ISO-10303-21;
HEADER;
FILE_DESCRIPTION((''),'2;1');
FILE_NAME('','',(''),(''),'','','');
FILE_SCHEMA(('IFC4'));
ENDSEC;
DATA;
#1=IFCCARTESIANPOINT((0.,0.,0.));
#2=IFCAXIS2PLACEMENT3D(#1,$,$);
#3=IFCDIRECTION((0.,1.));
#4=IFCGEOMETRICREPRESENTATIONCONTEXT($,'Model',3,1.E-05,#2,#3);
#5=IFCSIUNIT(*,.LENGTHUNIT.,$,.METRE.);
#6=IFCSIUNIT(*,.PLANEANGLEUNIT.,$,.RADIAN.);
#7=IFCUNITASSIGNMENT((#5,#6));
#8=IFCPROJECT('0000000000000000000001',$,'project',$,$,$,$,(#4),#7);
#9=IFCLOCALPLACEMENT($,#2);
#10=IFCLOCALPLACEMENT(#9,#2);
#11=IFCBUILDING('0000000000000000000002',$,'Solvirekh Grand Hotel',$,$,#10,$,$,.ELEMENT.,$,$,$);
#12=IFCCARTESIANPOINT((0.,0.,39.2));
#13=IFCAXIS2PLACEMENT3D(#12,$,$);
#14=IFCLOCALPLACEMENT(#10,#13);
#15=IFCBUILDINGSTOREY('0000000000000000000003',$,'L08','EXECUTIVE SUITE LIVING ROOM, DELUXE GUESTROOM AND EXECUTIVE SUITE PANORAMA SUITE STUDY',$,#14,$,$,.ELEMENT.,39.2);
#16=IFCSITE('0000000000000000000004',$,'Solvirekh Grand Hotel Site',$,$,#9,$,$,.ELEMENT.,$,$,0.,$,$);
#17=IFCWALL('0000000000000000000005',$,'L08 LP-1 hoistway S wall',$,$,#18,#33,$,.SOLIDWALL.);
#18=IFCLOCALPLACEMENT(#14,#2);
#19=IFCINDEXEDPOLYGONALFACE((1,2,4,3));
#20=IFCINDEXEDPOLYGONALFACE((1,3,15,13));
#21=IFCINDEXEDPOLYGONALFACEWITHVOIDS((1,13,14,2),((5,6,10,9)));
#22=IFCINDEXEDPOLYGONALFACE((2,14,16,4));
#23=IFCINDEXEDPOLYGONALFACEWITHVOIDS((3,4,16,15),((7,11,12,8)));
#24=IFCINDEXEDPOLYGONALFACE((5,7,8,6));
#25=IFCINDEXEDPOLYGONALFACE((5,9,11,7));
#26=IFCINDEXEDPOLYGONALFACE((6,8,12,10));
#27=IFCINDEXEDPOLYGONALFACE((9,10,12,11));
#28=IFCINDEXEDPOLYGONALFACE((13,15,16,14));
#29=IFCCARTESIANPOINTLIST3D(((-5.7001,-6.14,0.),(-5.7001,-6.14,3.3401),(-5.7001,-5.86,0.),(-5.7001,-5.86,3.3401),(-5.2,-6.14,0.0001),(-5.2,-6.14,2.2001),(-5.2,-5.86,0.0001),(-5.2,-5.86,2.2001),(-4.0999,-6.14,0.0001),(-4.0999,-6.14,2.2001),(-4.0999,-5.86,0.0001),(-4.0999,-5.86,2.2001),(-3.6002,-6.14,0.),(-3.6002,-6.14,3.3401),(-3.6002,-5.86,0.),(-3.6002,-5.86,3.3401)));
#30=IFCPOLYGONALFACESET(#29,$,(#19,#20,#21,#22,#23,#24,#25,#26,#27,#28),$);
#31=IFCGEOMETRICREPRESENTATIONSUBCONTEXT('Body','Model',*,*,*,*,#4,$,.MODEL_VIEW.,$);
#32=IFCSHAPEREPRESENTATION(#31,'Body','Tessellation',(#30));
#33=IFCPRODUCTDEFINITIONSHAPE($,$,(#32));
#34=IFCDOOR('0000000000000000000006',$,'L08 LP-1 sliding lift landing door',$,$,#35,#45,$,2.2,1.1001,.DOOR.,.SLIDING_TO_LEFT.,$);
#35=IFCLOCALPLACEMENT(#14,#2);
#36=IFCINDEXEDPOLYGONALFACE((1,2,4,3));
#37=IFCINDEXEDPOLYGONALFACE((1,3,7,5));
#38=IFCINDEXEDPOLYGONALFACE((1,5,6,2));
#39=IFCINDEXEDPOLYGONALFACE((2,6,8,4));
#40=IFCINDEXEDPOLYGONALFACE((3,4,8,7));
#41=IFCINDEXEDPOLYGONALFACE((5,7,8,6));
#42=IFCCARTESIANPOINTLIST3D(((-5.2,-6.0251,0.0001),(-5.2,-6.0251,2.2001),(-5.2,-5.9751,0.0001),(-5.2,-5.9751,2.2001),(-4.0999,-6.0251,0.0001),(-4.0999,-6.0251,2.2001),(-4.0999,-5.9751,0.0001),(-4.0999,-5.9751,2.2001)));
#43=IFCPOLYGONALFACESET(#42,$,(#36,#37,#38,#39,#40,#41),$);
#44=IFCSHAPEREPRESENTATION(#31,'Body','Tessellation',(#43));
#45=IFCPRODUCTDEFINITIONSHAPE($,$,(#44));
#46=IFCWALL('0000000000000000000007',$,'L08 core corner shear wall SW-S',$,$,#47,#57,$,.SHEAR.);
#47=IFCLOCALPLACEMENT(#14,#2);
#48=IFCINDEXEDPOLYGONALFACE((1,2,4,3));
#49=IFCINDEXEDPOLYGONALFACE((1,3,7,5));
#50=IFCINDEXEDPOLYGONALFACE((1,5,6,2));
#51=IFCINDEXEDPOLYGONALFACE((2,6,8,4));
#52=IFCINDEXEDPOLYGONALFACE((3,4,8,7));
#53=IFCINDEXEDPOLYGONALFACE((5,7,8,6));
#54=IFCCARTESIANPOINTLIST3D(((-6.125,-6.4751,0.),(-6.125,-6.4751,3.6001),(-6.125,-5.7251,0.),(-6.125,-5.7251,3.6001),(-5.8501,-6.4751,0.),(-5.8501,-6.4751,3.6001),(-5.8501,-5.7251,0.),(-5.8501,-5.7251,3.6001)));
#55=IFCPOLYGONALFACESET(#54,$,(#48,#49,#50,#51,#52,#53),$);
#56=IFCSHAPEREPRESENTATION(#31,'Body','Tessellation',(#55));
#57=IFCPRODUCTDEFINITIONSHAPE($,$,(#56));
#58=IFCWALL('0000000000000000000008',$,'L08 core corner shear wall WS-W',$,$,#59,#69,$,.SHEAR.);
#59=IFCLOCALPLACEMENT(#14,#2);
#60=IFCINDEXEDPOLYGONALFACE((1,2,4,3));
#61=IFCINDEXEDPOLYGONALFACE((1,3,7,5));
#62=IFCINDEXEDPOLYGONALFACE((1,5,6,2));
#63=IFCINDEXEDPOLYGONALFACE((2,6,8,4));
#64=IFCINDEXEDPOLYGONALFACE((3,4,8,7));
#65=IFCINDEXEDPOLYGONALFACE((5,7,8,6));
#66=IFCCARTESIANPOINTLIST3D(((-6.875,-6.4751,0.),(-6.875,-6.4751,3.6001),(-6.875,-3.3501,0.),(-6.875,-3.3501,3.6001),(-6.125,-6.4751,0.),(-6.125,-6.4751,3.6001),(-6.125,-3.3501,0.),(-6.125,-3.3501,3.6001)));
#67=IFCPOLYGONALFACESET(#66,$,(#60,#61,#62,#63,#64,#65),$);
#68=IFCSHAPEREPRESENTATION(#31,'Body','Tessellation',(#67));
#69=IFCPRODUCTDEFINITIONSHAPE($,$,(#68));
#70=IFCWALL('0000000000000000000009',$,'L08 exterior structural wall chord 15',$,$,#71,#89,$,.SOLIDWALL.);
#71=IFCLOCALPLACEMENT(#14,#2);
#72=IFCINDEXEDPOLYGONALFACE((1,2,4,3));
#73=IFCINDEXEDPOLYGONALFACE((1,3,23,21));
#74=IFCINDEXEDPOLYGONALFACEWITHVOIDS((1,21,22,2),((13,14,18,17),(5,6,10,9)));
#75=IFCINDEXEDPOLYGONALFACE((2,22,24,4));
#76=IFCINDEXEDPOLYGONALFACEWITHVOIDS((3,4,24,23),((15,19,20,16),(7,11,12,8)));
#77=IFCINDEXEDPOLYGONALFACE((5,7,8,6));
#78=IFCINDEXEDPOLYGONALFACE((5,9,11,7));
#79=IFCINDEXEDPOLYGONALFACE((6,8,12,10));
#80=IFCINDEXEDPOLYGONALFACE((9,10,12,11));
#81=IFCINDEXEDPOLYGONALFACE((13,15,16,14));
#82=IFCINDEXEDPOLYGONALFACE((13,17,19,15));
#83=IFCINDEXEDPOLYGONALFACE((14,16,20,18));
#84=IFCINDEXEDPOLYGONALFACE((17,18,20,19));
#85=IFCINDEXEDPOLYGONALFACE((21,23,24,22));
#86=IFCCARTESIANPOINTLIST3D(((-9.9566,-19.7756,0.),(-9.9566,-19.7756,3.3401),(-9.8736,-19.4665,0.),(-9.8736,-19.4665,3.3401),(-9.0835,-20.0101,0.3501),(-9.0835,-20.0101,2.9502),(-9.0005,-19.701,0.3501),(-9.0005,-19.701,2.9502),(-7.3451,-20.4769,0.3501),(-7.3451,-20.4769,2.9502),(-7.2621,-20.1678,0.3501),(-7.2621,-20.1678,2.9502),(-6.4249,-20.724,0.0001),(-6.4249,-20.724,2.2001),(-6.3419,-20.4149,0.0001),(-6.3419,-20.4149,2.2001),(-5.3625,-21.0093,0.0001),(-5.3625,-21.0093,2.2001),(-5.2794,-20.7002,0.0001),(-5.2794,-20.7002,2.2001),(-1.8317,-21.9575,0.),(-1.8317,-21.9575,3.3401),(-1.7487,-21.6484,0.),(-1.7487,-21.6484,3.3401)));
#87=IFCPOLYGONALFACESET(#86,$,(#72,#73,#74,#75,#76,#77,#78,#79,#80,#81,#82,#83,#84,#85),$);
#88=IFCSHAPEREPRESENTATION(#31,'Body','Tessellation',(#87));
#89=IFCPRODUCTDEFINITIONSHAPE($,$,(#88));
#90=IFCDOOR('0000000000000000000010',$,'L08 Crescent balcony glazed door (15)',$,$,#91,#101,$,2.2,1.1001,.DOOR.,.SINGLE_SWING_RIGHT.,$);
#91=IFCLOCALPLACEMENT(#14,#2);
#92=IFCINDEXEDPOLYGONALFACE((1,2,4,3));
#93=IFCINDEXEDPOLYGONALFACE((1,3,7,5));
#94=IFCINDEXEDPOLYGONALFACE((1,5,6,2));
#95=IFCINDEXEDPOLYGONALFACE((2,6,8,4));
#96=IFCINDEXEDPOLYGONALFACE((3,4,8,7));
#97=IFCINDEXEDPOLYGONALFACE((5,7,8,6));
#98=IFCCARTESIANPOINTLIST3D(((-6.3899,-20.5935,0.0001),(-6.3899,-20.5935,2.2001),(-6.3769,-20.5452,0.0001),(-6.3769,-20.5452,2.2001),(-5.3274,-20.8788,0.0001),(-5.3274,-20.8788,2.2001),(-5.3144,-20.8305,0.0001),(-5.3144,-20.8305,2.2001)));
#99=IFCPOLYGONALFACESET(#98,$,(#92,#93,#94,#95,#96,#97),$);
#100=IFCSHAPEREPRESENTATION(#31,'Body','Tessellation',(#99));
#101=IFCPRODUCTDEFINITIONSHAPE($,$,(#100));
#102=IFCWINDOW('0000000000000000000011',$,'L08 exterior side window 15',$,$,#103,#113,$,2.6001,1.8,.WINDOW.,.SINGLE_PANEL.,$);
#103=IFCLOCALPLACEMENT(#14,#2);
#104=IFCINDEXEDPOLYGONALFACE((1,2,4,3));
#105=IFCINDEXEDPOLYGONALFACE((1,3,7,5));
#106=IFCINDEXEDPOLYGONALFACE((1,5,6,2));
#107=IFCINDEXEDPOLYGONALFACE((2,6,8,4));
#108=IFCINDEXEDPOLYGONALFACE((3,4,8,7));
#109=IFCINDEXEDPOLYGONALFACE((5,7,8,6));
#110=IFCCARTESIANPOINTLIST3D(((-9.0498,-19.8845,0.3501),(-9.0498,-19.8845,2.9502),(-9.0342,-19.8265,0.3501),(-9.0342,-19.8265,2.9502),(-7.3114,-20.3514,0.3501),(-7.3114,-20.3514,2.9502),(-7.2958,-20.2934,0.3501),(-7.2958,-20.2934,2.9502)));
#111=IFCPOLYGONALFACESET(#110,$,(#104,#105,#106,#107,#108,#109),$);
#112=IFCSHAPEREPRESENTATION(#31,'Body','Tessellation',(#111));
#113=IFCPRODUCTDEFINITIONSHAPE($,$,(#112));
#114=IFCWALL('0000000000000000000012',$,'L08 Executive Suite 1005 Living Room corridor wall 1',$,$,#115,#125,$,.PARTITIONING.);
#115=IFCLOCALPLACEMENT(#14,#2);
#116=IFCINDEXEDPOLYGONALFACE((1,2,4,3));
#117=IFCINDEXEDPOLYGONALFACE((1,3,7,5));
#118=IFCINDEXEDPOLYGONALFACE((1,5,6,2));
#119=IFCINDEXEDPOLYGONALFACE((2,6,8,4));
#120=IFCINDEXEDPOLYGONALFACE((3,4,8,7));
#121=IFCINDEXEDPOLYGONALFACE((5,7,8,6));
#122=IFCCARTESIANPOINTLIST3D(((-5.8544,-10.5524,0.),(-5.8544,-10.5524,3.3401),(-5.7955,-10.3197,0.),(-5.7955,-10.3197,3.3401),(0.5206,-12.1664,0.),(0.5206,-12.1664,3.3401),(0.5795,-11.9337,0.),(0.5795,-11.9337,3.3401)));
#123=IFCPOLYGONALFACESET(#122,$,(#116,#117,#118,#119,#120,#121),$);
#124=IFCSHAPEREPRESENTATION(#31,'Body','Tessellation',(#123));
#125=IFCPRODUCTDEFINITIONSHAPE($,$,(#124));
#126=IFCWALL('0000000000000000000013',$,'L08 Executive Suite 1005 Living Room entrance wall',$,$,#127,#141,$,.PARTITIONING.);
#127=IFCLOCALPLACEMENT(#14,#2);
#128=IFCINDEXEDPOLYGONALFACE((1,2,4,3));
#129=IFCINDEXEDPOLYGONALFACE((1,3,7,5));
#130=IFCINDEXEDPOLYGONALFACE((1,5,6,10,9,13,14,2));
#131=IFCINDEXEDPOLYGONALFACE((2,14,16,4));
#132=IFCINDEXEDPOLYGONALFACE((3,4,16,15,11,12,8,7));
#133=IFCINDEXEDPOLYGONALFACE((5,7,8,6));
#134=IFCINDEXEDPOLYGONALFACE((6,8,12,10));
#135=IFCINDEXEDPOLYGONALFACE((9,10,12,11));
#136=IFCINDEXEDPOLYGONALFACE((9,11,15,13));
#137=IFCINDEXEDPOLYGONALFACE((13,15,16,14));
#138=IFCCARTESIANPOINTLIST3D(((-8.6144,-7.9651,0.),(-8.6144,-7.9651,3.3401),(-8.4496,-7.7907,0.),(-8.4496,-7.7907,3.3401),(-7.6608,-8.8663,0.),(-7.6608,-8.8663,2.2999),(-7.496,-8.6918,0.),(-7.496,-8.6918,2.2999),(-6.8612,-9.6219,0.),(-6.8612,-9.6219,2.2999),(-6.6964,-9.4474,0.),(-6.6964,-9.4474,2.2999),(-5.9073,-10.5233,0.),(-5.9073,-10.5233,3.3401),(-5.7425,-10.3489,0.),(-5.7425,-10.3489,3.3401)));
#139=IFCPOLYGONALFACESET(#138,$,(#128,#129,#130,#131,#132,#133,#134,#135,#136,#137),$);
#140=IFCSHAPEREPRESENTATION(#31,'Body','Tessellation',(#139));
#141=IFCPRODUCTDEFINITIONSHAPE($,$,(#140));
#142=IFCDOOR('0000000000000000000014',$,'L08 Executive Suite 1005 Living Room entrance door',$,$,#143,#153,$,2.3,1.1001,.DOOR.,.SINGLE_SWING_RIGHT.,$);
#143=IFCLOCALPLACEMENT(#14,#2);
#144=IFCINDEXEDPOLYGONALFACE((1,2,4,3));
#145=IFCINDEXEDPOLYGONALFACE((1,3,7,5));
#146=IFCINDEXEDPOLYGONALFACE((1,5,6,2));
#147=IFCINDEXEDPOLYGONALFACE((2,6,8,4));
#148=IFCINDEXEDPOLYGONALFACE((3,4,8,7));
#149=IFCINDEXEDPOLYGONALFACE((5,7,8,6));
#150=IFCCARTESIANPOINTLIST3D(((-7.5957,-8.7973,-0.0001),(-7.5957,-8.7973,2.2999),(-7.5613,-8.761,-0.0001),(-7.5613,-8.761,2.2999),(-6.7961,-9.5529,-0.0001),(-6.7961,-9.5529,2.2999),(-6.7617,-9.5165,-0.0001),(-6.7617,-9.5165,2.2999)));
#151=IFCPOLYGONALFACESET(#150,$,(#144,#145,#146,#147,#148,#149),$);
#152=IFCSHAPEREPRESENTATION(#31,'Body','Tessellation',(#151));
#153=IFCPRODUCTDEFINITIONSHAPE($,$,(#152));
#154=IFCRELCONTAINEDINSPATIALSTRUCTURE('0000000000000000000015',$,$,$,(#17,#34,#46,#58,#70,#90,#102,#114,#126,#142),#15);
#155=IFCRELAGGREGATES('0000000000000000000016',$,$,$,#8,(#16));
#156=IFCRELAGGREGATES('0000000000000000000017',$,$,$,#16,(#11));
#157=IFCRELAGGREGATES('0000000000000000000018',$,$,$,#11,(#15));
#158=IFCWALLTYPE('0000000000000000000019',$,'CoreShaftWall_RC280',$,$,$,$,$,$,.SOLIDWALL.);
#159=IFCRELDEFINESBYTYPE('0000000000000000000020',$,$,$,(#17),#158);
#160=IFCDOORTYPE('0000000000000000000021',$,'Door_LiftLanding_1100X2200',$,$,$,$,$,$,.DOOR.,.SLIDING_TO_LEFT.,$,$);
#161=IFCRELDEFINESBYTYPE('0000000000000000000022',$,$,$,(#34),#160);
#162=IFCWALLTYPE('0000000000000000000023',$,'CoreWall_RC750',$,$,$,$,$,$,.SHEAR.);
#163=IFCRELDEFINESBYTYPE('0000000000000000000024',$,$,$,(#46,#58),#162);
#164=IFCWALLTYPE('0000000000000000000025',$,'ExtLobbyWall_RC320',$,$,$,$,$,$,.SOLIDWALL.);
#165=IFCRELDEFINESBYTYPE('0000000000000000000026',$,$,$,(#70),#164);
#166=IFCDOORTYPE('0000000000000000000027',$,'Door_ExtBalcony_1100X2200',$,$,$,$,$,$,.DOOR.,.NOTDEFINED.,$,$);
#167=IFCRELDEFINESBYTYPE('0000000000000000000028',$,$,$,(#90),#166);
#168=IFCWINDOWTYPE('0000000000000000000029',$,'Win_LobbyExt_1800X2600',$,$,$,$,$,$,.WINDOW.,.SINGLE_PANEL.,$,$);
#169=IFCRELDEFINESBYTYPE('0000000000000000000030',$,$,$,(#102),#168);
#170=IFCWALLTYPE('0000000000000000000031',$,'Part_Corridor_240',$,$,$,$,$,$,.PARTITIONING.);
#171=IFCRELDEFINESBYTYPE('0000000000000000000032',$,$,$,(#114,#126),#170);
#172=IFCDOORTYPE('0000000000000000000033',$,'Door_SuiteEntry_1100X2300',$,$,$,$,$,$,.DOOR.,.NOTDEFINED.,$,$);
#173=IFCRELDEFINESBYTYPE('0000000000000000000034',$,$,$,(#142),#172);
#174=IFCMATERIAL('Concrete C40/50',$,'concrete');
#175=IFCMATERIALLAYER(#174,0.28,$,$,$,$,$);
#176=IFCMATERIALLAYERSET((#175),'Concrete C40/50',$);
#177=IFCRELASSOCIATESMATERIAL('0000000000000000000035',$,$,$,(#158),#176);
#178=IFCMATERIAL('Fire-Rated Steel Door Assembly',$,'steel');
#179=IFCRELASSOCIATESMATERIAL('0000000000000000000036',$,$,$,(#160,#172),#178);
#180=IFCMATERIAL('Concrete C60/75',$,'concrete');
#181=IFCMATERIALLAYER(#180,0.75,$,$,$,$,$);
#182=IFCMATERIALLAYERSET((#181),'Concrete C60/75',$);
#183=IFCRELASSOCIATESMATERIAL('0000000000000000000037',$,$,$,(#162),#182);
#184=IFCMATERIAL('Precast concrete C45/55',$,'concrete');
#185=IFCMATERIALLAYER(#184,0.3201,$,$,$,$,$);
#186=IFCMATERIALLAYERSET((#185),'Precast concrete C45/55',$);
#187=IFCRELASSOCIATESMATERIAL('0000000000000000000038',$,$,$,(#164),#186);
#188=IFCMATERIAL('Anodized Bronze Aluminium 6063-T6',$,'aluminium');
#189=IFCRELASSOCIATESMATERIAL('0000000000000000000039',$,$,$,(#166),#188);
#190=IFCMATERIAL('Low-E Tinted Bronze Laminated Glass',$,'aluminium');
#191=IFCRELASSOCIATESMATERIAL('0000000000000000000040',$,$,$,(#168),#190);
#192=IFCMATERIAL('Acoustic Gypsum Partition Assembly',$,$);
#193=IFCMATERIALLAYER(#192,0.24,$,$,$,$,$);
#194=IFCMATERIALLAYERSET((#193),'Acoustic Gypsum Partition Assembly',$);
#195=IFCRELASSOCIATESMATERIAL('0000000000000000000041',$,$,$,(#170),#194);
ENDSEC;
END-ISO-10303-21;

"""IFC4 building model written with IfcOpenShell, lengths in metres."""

from ifc_helpers import new_model, si_unit, direction, frame, frame_2d, origin, place, context, subcontext, project, spatial, rectangle, extrude, material, layer, layer_set, type_object, element, fill, save


model = new_model("IFC4")

# Units and contexts
model_context = context("Model", 3, precision=1e-05, world=origin(), true_north=direction((0.0, 1.0)))
body_context = subcontext(model_context, "Body", "Model", "MODEL_VIEW")
ifc_project = project(units=[si_unit("LENGTHUNIT", "METRE"), si_unit("PLANEANGLEUNIT", "RADIAN")], contexts=[model_context])

# Site, building, storey
site_placement = place(None, origin())
site = spatial("IfcSite", under=ifc_project, at=site_placement, Name="Solvirekh Grand Hotel Site", CompositionType="ELEMENT", RefElevation=0.0)
building_placement = place(site_placement, origin())
building = spatial("IfcBuilding", under=site, at=building_placement, Name="Solvirekh Grand Hotel", CompositionType="ELEMENT")
storey_placement = place(building_placement, frame((0.0, 0.0, 39.2)))
storey = spatial("IfcBuildingStorey", under=building, at=storey_placement, Name="L08", Description="EXECUTIVE SUITE LIVING ROOM, DELUXE GUESTROOM AND EXECUTIVE SUITE PANORAMA SUITE STUDY", CompositionType="ELEMENT", Elevation=39.2)

# Shared definitions
ifc_material_1 = material(Name="Concrete C60/75", Category="concrete")

# Wall, opening, door
ifc_material_2 = material(Name="Concrete C40/50", Category="concrete")
ifc_layer_1 = layer(ifc_material_2, 0.28)
ifc_layer_set_1 = layer_set([ifc_layer_1], Name="Concrete C40/50")
wall_type_1 = type_object("IfcWallType", Name="CoreShaftWall_RC280", PredefinedType="SOLIDWALL", material=ifc_layer_set_1)
wall_1_placement = place(storey_placement, frame((-5.7, -6.0, 0.0), z_axis=(0.0, 0.0, 1.0), x_axis=(1.0, 0.0, 0.0)))
wall_1 = element("IfcWall", 1, at=wall_1_placement, inside=storey, type_object=wall_type_1, Name="L08 LP-1 hoistway S wall", PredefinedType="SOLIDWALL", context=body_context, shape_type="SweptSolid", body=[
    extrude(rectangle(XDim=2.0999, YDim=0.28, at=frame_2d((1.0498, 0.0))), origin(), (0.0, 0.0, 1.0), 3.3401),
])
opening_1_placement = place(wall_1_placement, frame((0.5, 0.0, 0.0)))
opening_1 = element("IfcOpeningElement", 2, at=opening_1_placement, cuts=wall_1, PredefinedType="OPENING", context=body_context, shape_type="SweptSolid", body=[
    extrude(rectangle(XDim=1.1001, YDim=2.2, at=frame_2d((0.55, 1.1001))), frame((0.0, 0.1499, 0.0), z_axis=(0.0, -1.0, 0.0), x_axis=(1.0, 0.0, 0.0)), (0.0, 0.0, 1.0), 0.3),
])
ifc_material_3 = material(Name="Fire-Rated Steel Door Assembly", Category="steel")
door_type_1 = type_object("IfcDoorType", Name="Door_LiftLanding_1100X2200", OperationType="SLIDING_TO_LEFT", PredefinedType="DOOR", material=ifc_material_3)
door_1_placement = place(opening_1_placement, origin())
door_1 = element("IfcDoor", 3, at=door_1_placement, inside=storey, type_object=door_type_1, Name="L08 LP-1 sliding lift landing door", OperationType="SLIDING_TO_LEFT", OverallHeight=2.2, OverallWidth=1.1001, PredefinedType="DOOR", context=body_context, shape_type="SweptSolid", body=[
    extrude(rectangle(XDim=1.1001, YDim=2.2, at=frame_2d((0.55, 1.1001))), frame((0.0, 0.0249, 0.0), z_axis=(0.0, -1.0, 0.0), x_axis=(1.0, 0.0, 0.0)), (0.0, 0.0, 1.0), 0.05),
])
fill(opening_1, door_1)

# Walls
ifc_layer_2 = layer(ifc_material_1, 0.75)
ifc_layer_set_2 = layer_set([ifc_layer_2], Name="Concrete C60/75")
wall_type_2 = type_object("IfcWallType", Name="CoreWall_RC750", PredefinedType="SHEAR", material=ifc_layer_set_2)
wall_2_placement = place(storey_placement, frame((-6.125, -6.1001, 0.0), z_axis=(0.0, 0.0, 1.0), x_axis=(1.0, 0.0, 0.0)))
element("IfcWall", 4, at=wall_2_placement, inside=storey, type_object=wall_type_2, Name="L08 core corner shear wall SW-S", PredefinedType="SHEAR", context=body_context, shape_type="SweptSolid", body=[
    extrude(rectangle(XDim=0.2749, YDim=0.75, at=frame_2d((0.1375, 0.0))), origin(), (0.0, 0.0, 1.0), 3.6001),
])
wall_3_placement = place(storey_placement, frame((-6.5, -6.4751, 0.0), z_axis=(0.0, 0.0, 1.0), x_axis=(0.0, 1.0, 0.0)))
element("IfcWall", 5, at=wall_3_placement, inside=storey, type_object=wall_type_2, Name="L08 core corner shear wall WS-W", PredefinedType="SHEAR", context=body_context, shape_type="SweptSolid", body=[
    extrude(rectangle(XDim=3.125, YDim=0.75, at=frame_2d((1.5625, 0.0))), origin(), (0.0, 0.0, 1.0), 3.6001),
])

# Wall, openings, door, window
ifc_material_4 = material(Name="Precast concrete C45/55", Category="concrete")
ifc_layer_3 = layer(ifc_material_4, 0.3201)
ifc_layer_set_3 = layer_set([ifc_layer_3], Name="Precast concrete C45/55")
wall_type_3 = type_object("IfcWallType", Name="ExtLobbyWall_RC320", PredefinedType="SOLIDWALL", material=ifc_layer_set_3)
wall_4_placement = place(storey_placement, frame((-1.79, -21.803, 0.0), z_axis=(0.0, 0.0, 1.0), x_axis=(-0.965783, 0.259351, 0.0)))
wall_4 = element("IfcWall", 6, at=wall_4_placement, inside=storey, type_object=wall_type_3, Name="L08 exterior structural wall chord 15", PredefinedType="SOLIDWALL", context=body_context, shape_type="SweptSolid", body=[
    extrude(rectangle(XDim=8.4128, YDim=0.3201, at=frame_2d((4.2065, 0.0))), origin(), (0.0, 0.0, 1.0), 3.3401),
])
opening_2_placement = place(wall_4_placement, frame((5.709, 0.0, 0.3501)))
opening_2 = element("IfcOpeningElement", 7, at=opening_2_placement, cuts=wall_4, PredefinedType="OPENING", context=body_context, shape_type="SweptSolid", body=[
    extrude(rectangle(XDim=1.8, YDim=2.6001, at=frame_2d((0.8999, 1.3))), frame((0.0, 0.1699, 0.0), z_axis=(0.0, -1.0, 0.0), x_axis=(1.0, 0.0, 0.0)), (0.0, 0.0, 1.0), 0.3401),
])
opening_3_placement = place(wall_4_placement, frame((3.656, 0.0, 0.0)))
opening_3 = element("IfcOpeningElement", 8, at=opening_3_placement, cuts=wall_4, PredefinedType="OPENING", context=body_context, shape_type="SweptSolid", body=[
    extrude(rectangle(XDim=1.1001, YDim=2.2, at=frame_2d((0.55, 1.1001))), frame((0.0, 0.1699, 0.0), z_axis=(0.0, -1.0, 0.0), x_axis=(1.0, 0.0, 0.0)), (0.0, 0.0, 1.0), 0.3401),
])
ifc_material_5 = material(Name="Anodized Bronze Aluminium 6063-T6", Category="aluminium")
door_type_2 = type_object("IfcDoorType", Name="Door_ExtBalcony_1100X2200", OperationType="NOTDEFINED", PredefinedType="DOOR", material=ifc_material_5)
door_2_placement = place(opening_3_placement, origin())
door_2 = element("IfcDoor", 9, at=door_2_placement, inside=storey, type_object=door_type_2, Name="L08 Crescent balcony glazed door (15)", OperationType="SINGLE_SWING_RIGHT", OverallHeight=2.2, OverallWidth=1.1001, PredefinedType="DOOR", context=body_context, shape_type="SweptSolid", body=[
    extrude(rectangle(XDim=1.1001, YDim=2.2, at=frame_2d((0.55, 1.1001))), frame((0.0, 0.0249, 0.0), z_axis=(0.0, -1.0, 0.0), x_axis=(1.0, 0.0, 0.0)), (0.0, 0.0, 1.0), 0.05),
])
fill(opening_3, door_2)
ifc_material_6 = material(Name="Low-E Tinted Bronze Laminated Glass", Category="aluminium")
window_type = type_object("IfcWindowType", Name="Win_LobbyExt_1800X2600", PartitioningType="SINGLE_PANEL", PredefinedType="WINDOW", material=ifc_material_6)
window_placement = place(opening_2_placement, origin())
window = element("IfcWindow", 10, at=window_placement, inside=storey, type_object=window_type, Name="L08 exterior side window 15", OverallHeight=2.6001, OverallWidth=1.8, PartitioningType="SINGLE_PANEL", PredefinedType="WINDOW", context=body_context, shape_type="SweptSolid", body=[
    extrude(rectangle(XDim=1.8, YDim=2.6001, at=frame_2d((0.8999, 1.3))), frame((0.0, 0.03, 0.0), z_axis=(0.0, -1.0, 0.0), x_axis=(1.0, 0.0, 0.0)), (0.0, 0.0, 1.0), 0.0601),
])
fill(opening_2, window)

# Wall
ifc_material_7 = material(Name="Acoustic Gypsum Partition Assembly")
ifc_layer_4 = layer(ifc_material_7, 0.24)
ifc_layer_set_4 = layer_set([ifc_layer_4], Name="Acoustic Gypsum Partition Assembly")
wall_type_4 = type_object("IfcWallType", Name="Part_Corridor_240", PredefinedType="PARTITIONING", material=ifc_layer_set_4)
wall_5_placement = place(storey_placement, frame((-5.825, -10.436, 0.0), z_axis=(0.0, 0.0, 1.0), x_axis=(0.969413, -0.245435, 0.0)))
element("IfcWall", 11, at=wall_5_placement, inside=storey, type_object=wall_type_4, Name="L08 Executive Suite 1005 Living Room corridor wall 1", PredefinedType="PARTITIONING", context=body_context, shape_type="SweptSolid", body=[
    extrude(rectangle(XDim=6.5762, YDim=0.24, at=frame_2d((3.2881, 0.0))), origin(), (0.0, 0.0, 1.0), 3.3401),
])

# Wall, opening, door
wall_6_placement = place(storey_placement, frame((-8.532, -7.8779, 0.0), z_axis=(0.0, 0.0, 1.0), x_axis=(0.726817, -0.686831, 0.0)))
wall_6 = element("IfcWall", 12, at=wall_6_placement, inside=storey, type_object=wall_type_4, Name="L08 Executive Suite 1005 Living Room entrance wall", PredefinedType="PARTITIONING", context=body_context, shape_type="SweptSolid", body=[
    extrude(rectangle(XDim=3.7246, YDim=0.24, at=frame_2d((1.8623, 0.0))), origin(), (0.0, 0.0, 1.0), 3.3401),
])
opening_4_placement = place(wall_6_placement, frame((1.312, 0.0, 0.0)))
opening_4 = element("IfcOpeningElement", 13, at=opening_4_placement, cuts=wall_6, PredefinedType="OPENING", context=body_context, shape_type="SweptSolid", body=[
    extrude(rectangle(XDim=1.1001, YDim=2.3, at=frame_2d((0.55, 1.1499))), frame((0.0, 0.1299, 0.0), z_axis=(0.0, -1.0, 0.0), x_axis=(1.0, 0.0, 0.0)), (0.0, 0.0, 1.0), 0.26),
])
door_type_3 = type_object("IfcDoorType", Name="Door_SuiteEntry_1100X2300", OperationType="NOTDEFINED", PredefinedType="DOOR", material=ifc_material_3)
door_3_placement = place(opening_4_placement, origin())
door_3 = element("IfcDoor", 14, at=door_3_placement, inside=storey, type_object=door_type_3, Name="L08 Executive Suite 1005 Living Room entrance door", OperationType="SINGLE_SWING_RIGHT", OverallHeight=2.3, OverallWidth=1.1001, PredefinedType="DOOR", context=body_context, shape_type="SweptSolid", body=[
    extrude(rectangle(XDim=1.1001, YDim=2.3, at=frame_2d((0.55, 1.1499))), frame((0.0, 0.0249, 0.0), z_axis=(0.0, -1.0, 0.0), x_axis=(1.0, 0.0, 0.0)), (0.0, 0.0, 1.0), 0.05),
])
fill(opening_4, door_3)

save(model, "model.ifc")
